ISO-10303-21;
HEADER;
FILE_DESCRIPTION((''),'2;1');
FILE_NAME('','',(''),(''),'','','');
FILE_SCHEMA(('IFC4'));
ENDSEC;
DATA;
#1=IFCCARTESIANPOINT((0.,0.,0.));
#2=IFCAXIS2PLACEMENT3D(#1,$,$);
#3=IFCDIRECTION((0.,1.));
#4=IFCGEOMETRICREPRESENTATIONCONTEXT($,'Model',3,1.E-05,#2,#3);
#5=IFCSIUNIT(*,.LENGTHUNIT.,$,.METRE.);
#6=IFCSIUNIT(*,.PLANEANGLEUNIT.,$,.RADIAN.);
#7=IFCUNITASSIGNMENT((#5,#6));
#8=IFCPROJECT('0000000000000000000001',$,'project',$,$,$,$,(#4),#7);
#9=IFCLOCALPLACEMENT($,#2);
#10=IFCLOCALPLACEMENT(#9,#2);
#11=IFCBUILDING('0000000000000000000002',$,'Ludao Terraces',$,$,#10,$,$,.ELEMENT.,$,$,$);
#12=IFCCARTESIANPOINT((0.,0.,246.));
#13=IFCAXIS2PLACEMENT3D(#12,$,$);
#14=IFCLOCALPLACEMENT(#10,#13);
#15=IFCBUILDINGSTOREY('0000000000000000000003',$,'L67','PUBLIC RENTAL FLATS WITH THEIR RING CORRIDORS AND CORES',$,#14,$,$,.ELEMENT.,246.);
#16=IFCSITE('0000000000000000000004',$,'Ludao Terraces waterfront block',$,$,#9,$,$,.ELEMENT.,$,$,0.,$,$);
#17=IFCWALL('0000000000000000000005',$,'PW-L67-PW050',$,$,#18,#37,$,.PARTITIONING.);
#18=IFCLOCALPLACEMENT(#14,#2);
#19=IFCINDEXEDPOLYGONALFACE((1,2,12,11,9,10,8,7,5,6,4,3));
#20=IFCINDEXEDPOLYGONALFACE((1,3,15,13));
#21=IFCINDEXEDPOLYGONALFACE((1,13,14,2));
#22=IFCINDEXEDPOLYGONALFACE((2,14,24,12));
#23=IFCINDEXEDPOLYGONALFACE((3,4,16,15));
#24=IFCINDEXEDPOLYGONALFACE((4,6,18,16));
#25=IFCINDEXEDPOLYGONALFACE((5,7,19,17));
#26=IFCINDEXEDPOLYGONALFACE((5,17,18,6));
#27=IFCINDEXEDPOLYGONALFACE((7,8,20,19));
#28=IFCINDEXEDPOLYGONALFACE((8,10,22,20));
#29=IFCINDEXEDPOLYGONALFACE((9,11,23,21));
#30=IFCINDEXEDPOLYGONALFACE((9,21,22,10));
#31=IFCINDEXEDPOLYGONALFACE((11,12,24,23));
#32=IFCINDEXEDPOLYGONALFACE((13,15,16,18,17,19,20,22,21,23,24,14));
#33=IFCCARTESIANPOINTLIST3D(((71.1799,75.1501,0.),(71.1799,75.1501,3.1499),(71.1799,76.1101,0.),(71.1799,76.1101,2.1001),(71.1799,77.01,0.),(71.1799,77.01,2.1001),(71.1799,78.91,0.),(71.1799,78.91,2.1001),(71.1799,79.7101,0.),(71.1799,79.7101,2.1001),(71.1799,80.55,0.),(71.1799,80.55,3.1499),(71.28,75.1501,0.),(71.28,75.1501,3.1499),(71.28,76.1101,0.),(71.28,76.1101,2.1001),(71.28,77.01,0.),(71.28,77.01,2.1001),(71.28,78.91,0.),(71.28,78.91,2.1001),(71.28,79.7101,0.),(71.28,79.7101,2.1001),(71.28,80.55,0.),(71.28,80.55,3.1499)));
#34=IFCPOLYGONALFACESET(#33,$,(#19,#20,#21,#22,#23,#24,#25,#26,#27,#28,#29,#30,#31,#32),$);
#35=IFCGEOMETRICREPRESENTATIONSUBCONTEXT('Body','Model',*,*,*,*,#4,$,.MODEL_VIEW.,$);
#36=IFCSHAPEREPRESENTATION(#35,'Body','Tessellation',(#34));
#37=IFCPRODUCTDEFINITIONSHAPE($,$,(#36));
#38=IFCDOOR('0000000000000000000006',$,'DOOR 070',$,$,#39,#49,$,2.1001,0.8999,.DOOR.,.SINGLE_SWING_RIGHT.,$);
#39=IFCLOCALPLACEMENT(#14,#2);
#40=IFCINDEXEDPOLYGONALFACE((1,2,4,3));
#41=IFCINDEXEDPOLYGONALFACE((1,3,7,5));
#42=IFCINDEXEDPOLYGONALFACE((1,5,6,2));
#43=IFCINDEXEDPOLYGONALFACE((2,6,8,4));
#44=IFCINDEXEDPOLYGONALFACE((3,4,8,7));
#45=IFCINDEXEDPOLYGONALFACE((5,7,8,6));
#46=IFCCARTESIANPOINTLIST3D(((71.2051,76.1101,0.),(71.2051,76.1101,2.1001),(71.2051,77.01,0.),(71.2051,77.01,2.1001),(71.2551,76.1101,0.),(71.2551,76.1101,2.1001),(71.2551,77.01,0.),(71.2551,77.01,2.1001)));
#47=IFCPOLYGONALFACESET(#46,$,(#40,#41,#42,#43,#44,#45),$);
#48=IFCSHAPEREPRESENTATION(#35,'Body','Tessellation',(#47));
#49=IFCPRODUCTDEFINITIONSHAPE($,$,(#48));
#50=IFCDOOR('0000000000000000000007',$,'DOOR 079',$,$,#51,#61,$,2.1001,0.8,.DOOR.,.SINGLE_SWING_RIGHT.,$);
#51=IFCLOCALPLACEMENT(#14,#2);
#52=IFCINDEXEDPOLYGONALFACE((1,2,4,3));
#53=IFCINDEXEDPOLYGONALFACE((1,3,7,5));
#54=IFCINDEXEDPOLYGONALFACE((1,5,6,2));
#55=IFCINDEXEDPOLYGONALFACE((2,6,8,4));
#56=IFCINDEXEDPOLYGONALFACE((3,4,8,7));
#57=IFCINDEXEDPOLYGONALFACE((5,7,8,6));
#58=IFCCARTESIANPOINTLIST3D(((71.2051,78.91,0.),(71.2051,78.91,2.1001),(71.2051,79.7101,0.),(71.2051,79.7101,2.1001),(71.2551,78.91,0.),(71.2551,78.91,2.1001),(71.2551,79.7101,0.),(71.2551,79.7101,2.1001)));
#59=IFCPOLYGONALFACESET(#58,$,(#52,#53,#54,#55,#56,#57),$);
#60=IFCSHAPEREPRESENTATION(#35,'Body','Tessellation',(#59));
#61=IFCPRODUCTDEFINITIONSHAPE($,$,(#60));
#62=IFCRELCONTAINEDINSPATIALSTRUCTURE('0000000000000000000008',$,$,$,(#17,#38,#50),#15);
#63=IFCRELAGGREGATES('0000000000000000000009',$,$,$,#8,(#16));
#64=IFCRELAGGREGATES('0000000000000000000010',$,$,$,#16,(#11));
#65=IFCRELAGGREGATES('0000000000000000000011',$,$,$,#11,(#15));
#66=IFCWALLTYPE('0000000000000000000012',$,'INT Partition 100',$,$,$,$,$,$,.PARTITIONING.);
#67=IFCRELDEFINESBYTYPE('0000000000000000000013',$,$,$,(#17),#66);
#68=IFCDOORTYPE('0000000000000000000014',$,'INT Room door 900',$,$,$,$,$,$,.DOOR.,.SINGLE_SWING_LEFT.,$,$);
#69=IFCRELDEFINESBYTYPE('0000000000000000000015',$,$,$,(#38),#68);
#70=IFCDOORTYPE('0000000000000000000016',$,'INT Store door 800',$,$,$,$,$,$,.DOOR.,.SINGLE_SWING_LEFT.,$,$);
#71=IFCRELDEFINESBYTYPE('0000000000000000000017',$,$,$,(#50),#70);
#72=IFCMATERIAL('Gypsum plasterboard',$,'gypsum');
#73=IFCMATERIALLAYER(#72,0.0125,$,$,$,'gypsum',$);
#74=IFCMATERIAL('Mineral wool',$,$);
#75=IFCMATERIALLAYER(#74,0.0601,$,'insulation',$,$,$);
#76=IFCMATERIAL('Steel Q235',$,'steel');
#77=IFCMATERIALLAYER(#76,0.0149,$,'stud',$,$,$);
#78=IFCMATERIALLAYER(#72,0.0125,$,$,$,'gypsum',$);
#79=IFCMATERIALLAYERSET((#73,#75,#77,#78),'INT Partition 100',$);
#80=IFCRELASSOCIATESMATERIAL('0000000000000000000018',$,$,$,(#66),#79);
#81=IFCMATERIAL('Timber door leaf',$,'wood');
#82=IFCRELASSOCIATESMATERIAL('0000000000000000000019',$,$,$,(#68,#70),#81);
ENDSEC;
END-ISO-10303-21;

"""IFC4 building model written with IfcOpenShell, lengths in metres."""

from ifc_helpers import new_model, si_unit, direction, frame, frame_2d, origin, place, context, subcontext, project, spatial, rectangle, extrude, material, layer, layer_set, type_object, element, fill, save


model = new_model("IFC4")

# Units and contexts
model_context = context("Model", 3, precision=1e-05, world=origin(), true_north=direction((0.0, 1.0)))
body_context = subcontext(model_context, "Body", "Model", "MODEL_VIEW")
ifc_project = project(units=[si_unit("LENGTHUNIT", "METRE"), si_unit("PLANEANGLEUNIT", "RADIAN")], contexts=[model_context])

# Site, building, storey
site_placement = place(None, origin())
site = spatial("IfcSite", under=ifc_project, at=site_placement, Name="Ludao Terraces waterfront block", CompositionType="ELEMENT", RefElevation=0.0)
building_placement = place(site_placement, origin())
building = spatial("IfcBuilding", under=site, at=building_placement, Name="Ludao Terraces", CompositionType="ELEMENT")
storey_placement = place(building_placement, frame((0.0, 0.0, 246.0)))
storey = spatial("IfcBuildingStorey", under=building, at=storey_placement, Name="L67", Description="PUBLIC RENTAL FLATS WITH THEIR RING CORRIDORS AND CORES", CompositionType="ELEMENT", Elevation=246.0)

# Shared definitions
ifc_material_1 = material(Name="Mineral wool")

# Shared definitions
ifc_material_2 = material(Name="Gypsum plasterboard", Category="gypsum")
ifc_layer_1 = layer(ifc_material_2, 0.0125, Category="gypsum")
ifc_layer_2 = layer(ifc_material_1, 0.0601, Name="insulation")
ifc_material_3 = material(Name="Steel Q235", Category="steel")
ifc_layer_3 = layer(ifc_material_3, 0.0149, Name="stud")
ifc_layer_4 = layer(ifc_material_2, 0.0125, Category="gypsum")
ifc_layer_set_1 = layer_set([ifc_layer_1, ifc_layer_2, ifc_layer_3, ifc_layer_4], Name="INT Partition 100")
wall_type_1 = type_object("IfcWallType", Name="INT Partition 100", PredefinedType="PARTITIONING", material=ifc_layer_set_1)

# Shared definitions
ifc_material_4 = material(Name="Timber door leaf", Category="wood")
door_type_1 = type_object("IfcDoorType", Name="INT Room door 900", OperationType="SINGLE_SWING_LEFT", PredefinedType="DOOR", material=ifc_material_4)

# Wall, openings, doors
wall_1_placement = place(storey_placement, frame((71.23, 75.1501, 0.0), z_axis=(0.0, 0.0, 1.0), x_axis=(0.0, 1.0, 0.0)))
wall_1 = element("IfcWall", 1, at=wall_1_placement, inside=storey, type_object=wall_type_1, Name="PW-L67-PW050", PredefinedType="PARTITIONING", context=body_context, shape_type="SweptSolid", body=[
    extrude(rectangle(XDim=5.3999, YDim=0.1001, at=frame_2d((2.7, 0.0))), origin(), (0.0, 0.0, 1.0), 3.1499),
])
opening_1_placement = place(wall_1_placement, frame((0.96, 0.0, 0.0)))
opening_1 = element("IfcOpeningElement", 2, at=opening_1_placement, cuts=wall_1, PredefinedType="OPENING", context=body_context, shape_type="SweptSolid", body=[
    extrude(rectangle(XDim=0.8999, YDim=2.1001, at=frame_2d((0.45, 1.05))), frame((0.0, 0.0601, 0.0), z_axis=(0.0, -1.0, 0.0), x_axis=(1.0, 0.0, 0.0)), (0.0, 0.0, 1.0), 0.1201),
])
opening_2_placement = place(wall_1_placement, frame((3.76, 0.0, 0.0)))
opening_2 = element("IfcOpeningElement", 3, at=opening_2_placement, cuts=wall_1, PredefinedType="OPENING", context=body_context, shape_type="SweptSolid", body=[
    extrude(rectangle(XDim=0.8, YDim=2.1001, at=frame_2d((0.3999, 1.05))), frame((0.0, 0.0601, 0.0), z_axis=(0.0, -1.0, 0.0), x_axis=(1.0, 0.0, 0.0)), (0.0, 0.0, 1.0), 0.1201),
])
door_1_placement = place(opening_1_placement, origin())
door_1 = element("IfcDoor", 4, at=door_1_placement, inside=storey, type_object=door_type_1, Name="DOOR 070", OperationType="SINGLE_SWING_RIGHT", OverallHeight=2.1001, OverallWidth=0.8999, PredefinedType="DOOR", context=body_context, shape_type="SweptSolid", body=[
    extrude(rectangle(XDim=0.8999, YDim=2.1001, at=frame_2d((0.45, 1.05))), frame((0.0, 0.0249, 0.0), z_axis=(0.0, -1.0, 0.0), x_axis=(1.0, 0.0, 0.0)), (0.0, 0.0, 1.0), 0.05),
])
fill(opening_1, door_1)
door_type_2 = type_object("IfcDoorType", Name="INT Store door 800", OperationType="SINGLE_SWING_LEFT", PredefinedType="DOOR", material=ifc_material_4)
door_2_placement = place(opening_2_placement, origin())
door_2 = element("IfcDoor", 5, at=door_2_placement, inside=storey, type_object=door_type_2, Name="DOOR 079", OperationType="SINGLE_SWING_RIGHT", OverallHeight=2.1001, OverallWidth=0.8, PredefinedType="DOOR", context=body_context, shape_type="SweptSolid", body=[
    extrude(rectangle(XDim=0.8, YDim=2.1001, at=frame_2d((0.3999, 1.05))), frame((0.0, 0.0249, 0.0), z_axis=(0.0, -1.0, 0.0), x_axis=(1.0, 0.0, 0.0)), (0.0, 0.0, 1.0), 0.05),
])
fill(opening_2, door_2)

save(model, "model.ifc")
